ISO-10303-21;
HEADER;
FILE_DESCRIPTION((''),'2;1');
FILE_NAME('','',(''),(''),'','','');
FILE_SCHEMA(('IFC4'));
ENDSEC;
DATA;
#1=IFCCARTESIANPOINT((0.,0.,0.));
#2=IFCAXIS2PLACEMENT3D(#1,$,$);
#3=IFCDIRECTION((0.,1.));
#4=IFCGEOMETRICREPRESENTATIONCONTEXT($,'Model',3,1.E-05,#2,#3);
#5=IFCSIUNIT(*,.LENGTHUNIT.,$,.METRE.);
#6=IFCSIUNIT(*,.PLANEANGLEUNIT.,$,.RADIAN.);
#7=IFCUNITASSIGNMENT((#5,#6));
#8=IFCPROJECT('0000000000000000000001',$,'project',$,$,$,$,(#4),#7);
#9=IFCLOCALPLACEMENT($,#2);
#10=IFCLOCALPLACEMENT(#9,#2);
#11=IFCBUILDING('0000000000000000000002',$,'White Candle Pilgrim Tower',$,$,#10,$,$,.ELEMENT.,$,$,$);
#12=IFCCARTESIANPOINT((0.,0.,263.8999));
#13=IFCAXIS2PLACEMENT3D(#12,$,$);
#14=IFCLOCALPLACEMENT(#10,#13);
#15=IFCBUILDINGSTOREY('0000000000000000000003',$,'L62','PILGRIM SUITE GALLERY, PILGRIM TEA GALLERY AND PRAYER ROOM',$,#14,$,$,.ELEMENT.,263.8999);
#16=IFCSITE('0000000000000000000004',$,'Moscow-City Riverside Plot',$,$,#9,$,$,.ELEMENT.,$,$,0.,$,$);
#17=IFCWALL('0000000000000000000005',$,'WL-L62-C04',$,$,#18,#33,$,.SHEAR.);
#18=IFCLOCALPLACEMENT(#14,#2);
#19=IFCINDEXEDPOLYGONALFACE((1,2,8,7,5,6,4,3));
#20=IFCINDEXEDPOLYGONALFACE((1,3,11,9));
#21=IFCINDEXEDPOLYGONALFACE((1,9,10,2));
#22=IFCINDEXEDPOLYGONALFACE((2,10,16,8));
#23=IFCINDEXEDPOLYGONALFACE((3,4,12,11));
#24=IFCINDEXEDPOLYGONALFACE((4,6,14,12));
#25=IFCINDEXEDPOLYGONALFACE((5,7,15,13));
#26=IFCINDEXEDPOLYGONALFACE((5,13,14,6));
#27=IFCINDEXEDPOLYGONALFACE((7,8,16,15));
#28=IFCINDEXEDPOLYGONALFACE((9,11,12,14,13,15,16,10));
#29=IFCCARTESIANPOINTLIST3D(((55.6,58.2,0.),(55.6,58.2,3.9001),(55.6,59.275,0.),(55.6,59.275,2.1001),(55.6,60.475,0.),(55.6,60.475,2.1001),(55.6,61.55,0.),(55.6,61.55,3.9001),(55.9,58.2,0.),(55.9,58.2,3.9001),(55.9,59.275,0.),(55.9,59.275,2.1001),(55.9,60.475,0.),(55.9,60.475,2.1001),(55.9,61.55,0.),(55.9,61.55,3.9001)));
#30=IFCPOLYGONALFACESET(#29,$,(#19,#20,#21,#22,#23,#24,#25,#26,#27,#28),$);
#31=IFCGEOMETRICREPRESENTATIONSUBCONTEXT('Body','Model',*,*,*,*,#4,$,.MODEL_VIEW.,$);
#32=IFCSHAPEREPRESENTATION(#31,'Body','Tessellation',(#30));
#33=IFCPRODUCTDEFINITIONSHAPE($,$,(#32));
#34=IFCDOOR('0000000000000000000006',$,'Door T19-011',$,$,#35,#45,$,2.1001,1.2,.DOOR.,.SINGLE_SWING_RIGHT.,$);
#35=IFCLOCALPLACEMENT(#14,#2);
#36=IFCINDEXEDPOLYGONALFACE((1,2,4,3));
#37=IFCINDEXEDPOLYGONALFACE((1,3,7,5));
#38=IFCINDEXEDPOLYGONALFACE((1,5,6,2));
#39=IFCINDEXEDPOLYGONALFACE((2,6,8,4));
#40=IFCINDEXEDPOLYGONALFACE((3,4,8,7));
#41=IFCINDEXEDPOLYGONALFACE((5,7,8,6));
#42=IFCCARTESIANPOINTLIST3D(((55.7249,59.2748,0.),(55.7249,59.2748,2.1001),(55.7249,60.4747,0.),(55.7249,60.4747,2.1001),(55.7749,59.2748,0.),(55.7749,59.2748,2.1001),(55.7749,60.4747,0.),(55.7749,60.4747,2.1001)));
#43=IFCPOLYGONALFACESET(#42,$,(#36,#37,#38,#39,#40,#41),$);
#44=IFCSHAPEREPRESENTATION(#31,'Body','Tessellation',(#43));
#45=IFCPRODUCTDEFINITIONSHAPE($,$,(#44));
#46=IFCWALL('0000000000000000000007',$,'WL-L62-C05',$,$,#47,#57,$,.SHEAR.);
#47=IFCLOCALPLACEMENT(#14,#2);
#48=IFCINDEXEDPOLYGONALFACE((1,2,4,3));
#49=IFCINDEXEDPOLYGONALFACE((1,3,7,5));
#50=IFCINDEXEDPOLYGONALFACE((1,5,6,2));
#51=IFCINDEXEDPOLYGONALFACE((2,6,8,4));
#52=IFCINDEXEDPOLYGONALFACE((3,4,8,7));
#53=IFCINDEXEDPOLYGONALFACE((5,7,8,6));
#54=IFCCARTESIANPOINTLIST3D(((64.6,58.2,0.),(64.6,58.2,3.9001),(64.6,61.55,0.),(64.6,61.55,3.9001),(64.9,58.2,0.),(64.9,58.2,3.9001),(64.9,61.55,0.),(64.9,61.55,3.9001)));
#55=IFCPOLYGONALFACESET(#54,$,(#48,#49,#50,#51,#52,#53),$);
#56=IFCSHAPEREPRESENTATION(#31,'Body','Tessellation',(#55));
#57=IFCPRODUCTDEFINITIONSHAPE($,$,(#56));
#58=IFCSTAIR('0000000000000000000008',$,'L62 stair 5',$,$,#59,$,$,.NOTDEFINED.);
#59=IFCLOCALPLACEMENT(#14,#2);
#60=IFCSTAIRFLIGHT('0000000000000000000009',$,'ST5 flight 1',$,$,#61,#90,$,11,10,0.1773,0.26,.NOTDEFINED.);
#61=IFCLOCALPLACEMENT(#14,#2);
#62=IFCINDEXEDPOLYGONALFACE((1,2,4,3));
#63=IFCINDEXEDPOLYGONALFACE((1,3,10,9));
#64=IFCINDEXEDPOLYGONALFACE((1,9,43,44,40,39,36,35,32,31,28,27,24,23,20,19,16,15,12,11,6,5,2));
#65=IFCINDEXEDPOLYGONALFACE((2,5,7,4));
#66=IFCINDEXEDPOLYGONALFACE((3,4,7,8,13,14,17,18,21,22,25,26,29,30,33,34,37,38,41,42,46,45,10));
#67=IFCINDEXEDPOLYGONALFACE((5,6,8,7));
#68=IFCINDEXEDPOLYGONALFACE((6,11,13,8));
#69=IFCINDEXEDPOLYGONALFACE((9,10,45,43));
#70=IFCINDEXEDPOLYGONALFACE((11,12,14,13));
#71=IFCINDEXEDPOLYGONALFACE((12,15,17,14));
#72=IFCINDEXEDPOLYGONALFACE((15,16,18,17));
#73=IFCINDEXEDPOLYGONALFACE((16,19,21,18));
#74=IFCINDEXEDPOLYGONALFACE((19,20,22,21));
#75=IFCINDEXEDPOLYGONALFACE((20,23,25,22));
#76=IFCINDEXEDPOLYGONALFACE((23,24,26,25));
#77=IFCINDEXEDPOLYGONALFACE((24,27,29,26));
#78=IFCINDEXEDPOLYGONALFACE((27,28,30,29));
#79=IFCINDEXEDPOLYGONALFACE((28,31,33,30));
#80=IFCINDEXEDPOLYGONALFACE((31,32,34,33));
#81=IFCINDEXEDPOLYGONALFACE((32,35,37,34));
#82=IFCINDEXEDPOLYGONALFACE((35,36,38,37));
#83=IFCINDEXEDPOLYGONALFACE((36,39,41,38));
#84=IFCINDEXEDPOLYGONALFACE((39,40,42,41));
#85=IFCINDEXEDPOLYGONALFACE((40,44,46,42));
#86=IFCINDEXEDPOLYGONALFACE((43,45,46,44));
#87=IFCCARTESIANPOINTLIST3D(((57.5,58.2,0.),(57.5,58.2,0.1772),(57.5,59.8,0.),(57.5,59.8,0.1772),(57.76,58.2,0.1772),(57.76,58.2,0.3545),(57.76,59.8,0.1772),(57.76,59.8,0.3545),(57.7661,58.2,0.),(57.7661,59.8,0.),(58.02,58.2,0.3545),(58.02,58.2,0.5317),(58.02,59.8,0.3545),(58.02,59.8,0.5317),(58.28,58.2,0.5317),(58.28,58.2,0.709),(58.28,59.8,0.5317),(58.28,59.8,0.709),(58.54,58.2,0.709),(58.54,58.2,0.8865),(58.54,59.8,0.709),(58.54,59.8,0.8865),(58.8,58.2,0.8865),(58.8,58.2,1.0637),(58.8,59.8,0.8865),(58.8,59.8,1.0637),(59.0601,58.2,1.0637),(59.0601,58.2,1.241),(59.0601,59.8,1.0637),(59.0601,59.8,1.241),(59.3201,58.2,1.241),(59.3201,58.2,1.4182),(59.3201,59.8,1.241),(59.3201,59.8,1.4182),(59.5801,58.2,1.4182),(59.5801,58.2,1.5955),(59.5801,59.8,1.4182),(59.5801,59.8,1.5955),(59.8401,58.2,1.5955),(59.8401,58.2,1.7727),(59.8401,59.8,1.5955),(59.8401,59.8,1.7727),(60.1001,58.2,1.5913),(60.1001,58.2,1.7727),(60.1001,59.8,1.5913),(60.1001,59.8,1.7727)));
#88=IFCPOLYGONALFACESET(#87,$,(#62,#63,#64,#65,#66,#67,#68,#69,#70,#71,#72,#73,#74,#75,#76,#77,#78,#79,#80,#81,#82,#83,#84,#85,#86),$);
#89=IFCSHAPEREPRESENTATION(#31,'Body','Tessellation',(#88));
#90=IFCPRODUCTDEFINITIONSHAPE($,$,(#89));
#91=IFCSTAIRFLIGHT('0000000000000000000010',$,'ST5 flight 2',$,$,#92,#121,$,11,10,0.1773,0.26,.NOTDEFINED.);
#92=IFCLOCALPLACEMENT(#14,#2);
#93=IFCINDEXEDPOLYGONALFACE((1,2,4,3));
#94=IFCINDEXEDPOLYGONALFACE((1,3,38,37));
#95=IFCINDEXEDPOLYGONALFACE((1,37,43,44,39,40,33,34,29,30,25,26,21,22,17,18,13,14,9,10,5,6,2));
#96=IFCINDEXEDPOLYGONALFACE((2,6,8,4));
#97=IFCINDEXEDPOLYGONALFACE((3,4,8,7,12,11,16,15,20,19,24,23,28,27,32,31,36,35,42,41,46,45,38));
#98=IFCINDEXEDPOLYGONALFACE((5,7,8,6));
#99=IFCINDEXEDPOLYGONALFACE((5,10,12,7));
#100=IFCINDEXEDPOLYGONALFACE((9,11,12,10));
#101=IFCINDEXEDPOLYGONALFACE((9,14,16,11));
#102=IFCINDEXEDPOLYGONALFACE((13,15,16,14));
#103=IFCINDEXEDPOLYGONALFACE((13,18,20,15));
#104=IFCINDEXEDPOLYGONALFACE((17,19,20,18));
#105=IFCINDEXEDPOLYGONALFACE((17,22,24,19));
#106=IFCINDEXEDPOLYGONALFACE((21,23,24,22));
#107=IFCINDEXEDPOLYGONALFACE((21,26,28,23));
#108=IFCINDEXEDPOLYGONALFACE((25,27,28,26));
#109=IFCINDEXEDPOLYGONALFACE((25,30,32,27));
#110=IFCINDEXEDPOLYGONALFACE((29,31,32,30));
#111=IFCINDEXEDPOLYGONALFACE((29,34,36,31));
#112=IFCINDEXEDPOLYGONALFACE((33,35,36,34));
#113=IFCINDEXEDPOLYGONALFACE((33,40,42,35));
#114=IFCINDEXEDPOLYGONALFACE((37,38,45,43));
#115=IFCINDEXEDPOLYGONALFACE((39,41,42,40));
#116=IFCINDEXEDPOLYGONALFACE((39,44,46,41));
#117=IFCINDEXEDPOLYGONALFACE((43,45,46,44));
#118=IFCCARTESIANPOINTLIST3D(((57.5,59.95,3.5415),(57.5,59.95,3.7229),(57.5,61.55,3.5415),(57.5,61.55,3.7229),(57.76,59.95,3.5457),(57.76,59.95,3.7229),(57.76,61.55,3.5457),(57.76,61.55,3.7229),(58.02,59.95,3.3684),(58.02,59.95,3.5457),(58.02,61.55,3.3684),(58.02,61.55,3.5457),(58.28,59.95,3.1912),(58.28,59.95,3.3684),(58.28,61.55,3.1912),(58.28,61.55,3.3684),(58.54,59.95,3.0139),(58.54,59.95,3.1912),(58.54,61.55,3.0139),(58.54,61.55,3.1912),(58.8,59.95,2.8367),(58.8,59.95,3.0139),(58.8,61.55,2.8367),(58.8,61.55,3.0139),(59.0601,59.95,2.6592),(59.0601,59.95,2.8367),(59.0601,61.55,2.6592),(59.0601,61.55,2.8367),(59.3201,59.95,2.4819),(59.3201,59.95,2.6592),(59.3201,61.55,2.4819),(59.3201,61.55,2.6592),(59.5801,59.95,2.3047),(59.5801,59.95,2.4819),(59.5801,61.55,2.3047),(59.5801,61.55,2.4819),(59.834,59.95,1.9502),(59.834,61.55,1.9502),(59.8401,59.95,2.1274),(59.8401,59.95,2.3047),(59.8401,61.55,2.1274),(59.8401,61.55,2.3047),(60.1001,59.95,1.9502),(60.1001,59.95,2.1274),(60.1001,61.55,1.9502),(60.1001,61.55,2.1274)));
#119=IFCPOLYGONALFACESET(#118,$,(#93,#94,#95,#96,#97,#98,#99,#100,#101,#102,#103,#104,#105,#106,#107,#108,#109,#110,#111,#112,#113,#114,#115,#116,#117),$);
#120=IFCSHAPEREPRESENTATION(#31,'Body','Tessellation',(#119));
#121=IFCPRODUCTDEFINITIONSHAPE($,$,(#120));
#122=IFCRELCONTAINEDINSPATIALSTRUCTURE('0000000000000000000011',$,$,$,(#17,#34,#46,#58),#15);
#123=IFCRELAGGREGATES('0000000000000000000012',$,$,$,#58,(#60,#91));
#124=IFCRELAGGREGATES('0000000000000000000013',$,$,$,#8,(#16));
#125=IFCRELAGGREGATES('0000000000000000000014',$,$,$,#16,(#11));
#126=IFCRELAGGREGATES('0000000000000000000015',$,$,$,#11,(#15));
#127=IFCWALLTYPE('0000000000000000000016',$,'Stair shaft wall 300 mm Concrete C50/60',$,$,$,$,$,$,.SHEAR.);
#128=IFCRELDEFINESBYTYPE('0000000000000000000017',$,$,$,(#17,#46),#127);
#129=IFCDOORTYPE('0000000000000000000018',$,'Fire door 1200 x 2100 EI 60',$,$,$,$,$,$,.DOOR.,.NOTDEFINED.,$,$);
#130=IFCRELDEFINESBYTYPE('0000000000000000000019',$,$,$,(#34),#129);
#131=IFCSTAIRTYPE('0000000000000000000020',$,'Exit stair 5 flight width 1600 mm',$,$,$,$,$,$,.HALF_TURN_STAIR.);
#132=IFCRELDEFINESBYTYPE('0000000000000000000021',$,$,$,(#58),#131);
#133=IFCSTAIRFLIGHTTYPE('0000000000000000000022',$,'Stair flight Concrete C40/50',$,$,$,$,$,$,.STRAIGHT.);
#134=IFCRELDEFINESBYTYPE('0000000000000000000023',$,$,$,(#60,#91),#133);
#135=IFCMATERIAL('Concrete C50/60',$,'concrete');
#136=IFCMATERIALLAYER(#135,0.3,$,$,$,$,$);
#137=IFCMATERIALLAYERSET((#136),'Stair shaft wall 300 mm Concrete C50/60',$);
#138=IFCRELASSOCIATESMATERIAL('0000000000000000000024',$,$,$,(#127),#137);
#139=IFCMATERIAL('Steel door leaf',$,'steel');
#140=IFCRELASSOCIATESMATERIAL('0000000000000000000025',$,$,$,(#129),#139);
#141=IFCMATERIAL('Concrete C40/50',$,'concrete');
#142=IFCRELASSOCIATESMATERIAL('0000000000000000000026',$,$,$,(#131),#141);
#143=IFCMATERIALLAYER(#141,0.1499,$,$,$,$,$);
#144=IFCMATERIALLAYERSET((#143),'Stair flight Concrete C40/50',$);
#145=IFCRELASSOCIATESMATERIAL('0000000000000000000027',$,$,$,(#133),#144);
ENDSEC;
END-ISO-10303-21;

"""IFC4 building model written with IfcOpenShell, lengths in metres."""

from ifc_helpers import new_model, si_unit, direction, frame, frame_2d, origin, place, context, subcontext, project, spatial, polyline, rectangle, outline, extrude, material, layer, layer_set, type_object, element, fill, aggregate, save


model = new_model("IFC4")

# Units and contexts
model_context = context("Model", 3, precision=1e-05, world=origin(), true_north=direction((0.0, 1.0)))
body_context = subcontext(model_context, "Body", "Model", "MODEL_VIEW")
ifc_project = project(units=[si_unit("LENGTHUNIT", "METRE"), si_unit("PLANEANGLEUNIT", "RADIAN")], contexts=[model_context])

# Site, building, storey
site_placement = place(None, origin())
site = spatial("IfcSite", under=ifc_project, at=site_placement, Name="Moscow-City Riverside Plot", CompositionType="ELEMENT", RefElevation=0.0)
building_placement = place(site_placement, origin())
building = spatial("IfcBuilding", under=site, at=building_placement, Name="White Candle Pilgrim Tower", CompositionType="ELEMENT")
storey_placement = place(building_placement, frame((0.0, 0.0, 263.8999)))
storey = spatial("IfcBuildingStorey", under=building, at=storey_placement, Name="L62", Description="PILGRIM SUITE GALLERY, PILGRIM TEA GALLERY AND PRAYER ROOM", CompositionType="ELEMENT", Elevation=263.8999)

# Shared definitions
ifc_material_1 = material(Name="Concrete C50/60", Category="concrete")

# Shared definitions
ifc_material_2 = material(Name="Steel door leaf", Category="steel")

# Wall, opening, door
ifc_layer_1 = layer(ifc_material_1, 0.3)
ifc_layer_set_1 = layer_set([ifc_layer_1], Name="Stair shaft wall 300 mm Concrete C50/60")
wall_type_1 = type_object("IfcWallType", Name="Stair shaft wall 300 mm Concrete C50/60", PredefinedType="SHEAR", material=ifc_layer_set_1)
wall_1_placement = place(storey_placement, frame((55.75, 58.2, 0.0), z_axis=(0.0, 0.0, 1.0), x_axis=(0.0, 1.0, 0.0)))
wall_1 = element("IfcWall", 1, at=wall_1_placement, inside=storey, type_object=wall_type_1, Name="WL-L62-C04", PredefinedType="SHEAR", context=body_context, shape_type="SweptSolid", body=[
    extrude(rectangle(XDim=3.3501, YDim=0.3, at=frame_2d((1.675, 0.0))), origin(), (0.0, 0.0, 1.0), 3.9001),
])
opening_1_placement = place(wall_1_placement, frame((1.075, 0.0, 0.0)))
opening_1 = element("IfcOpeningElement", 2, at=opening_1_placement, cuts=wall_1, PredefinedType="OPENING", context=body_context, shape_type="SweptSolid", body=[
    extrude(rectangle(XDim=1.2, YDim=2.1001, at=frame_2d((0.6001, 1.05))), frame((0.0, 0.1599, 0.0), z_axis=(0.0, -1.0, 0.0), x_axis=(1.0, 0.0, 0.0)), (0.0, 0.0, 1.0), 0.3201),
])
door_type_1 = type_object("IfcDoorType", Name="Fire door 1200 x 2100 EI 60", OperationType="NOTDEFINED", PredefinedType="DOOR", material=ifc_material_2)
door_1_placement = place(opening_1_placement, frame((1.2, 0.0, 0.0), z_axis=(0.0, 0.0, 1.0), x_axis=(-1.0, 0.0, 0.0)))
door_1 = element("IfcDoor", 3, at=door_1_placement, inside=storey, type_object=door_type_1, Name="Door T19-011", OperationType="SINGLE_SWING_RIGHT", OverallHeight=2.1001, OverallWidth=1.2, PredefinedType="DOOR", context=body_context, shape_type="SweptSolid", body=[
    extrude(rectangle(XDim=1.2, YDim=2.1001, at=frame_2d((0.6001, 1.05))), frame((0.0, 0.0249, 0.0), z_axis=(0.0, -1.0, 0.0), x_axis=(1.0, 0.0, 0.0)), (0.0, 0.0, 1.0), 0.05),
])
fill(opening_1, door_1)

# Wall
wall_2_placement = place(storey_placement, frame((64.75, 58.2, 0.0), z_axis=(0.0, 0.0, 1.0), x_axis=(0.0, 1.0, 0.0)))
element("IfcWall", 4, at=wall_2_placement, inside=storey, type_object=wall_type_1, Name="WL-L62-C05", PredefinedType="SHEAR", context=body_context, shape_type="SweptSolid", body=[
    extrude(rectangle(XDim=3.3501, YDim=0.3, at=frame_2d((1.675, 0.0))), origin(), (0.0, 0.0, 1.0), 3.9001),
])

# Stair, stair flights
ifc_material_3 = material(Name="Concrete C40/50", Category="concrete")
stair_type = type_object("IfcStairType", Name="Exit stair 5 flight width 1600 mm", PredefinedType="HALF_TURN_STAIR", material=ifc_material_3)
stair_placement = place(storey_placement, origin())
stair = element("IfcStair", 5, at=stair_placement, inside=storey, type_object=stair_type, Name="L62 stair 5", PredefinedType="NOTDEFINED")
ifc_layer_2 = layer(ifc_material_3, 0.1499)
ifc_layer_set_2 = layer_set([ifc_layer_2], Name="Stair flight Concrete C40/50")
stair_flight_type = type_object("IfcStairFlightType", Name="Stair flight Concrete C40/50", PredefinedType="STRAIGHT", material=ifc_layer_set_2)
stair_flight_1_placement = place(storey_placement, frame((57.5, 59.0, 0.0), z_axis=(0.0, 0.0, 1.0), x_axis=(1.0, 0.0, 0.0)))
stair_flight_1 = element("IfcStairFlight", 6, at=stair_flight_1_placement, type_object=stair_flight_type, Name="ST5 flight 1", NumberOfRisers=11, NumberOfTreads=10, PredefinedType="NOTDEFINED", RiserHeight=0.1773, TreadLength=0.26, context=body_context, shape_type="SweptSolid", body=[
    extrude(outline(polyline([(0.0, 0.0), (0.0, 0.1772), (0.26, 0.1772), (0.26, 0.3545), (0.52, 0.3545), (0.52, 0.5317), (0.78, 0.5317), (0.78, 0.709), (1.04, 0.709), (1.04, 0.8865), (1.3, 0.8865), (1.3, 1.0637), (1.5601, 1.0637), (1.5601, 1.241), (1.8201, 1.241), (1.8201, 1.4182), (2.0801, 1.4182), (2.0801, 1.5955), (2.3401, 1.5955), (2.3401, 1.7727), (2.6001, 1.7727), (2.6001, 1.95), (2.6001, 1.5913), (0.2661, 0.0), (0.0, 0.0)])), frame((0.0, 0.8, 0.0), z_axis=(0.0, -1.0, 0.0), x_axis=(1.0, 0.0, 0.0)), (0.0, 0.0, 1.0), 1.6001),
])
stair_flight_2_placement = place(storey_placement, frame((60.1001, 60.75, 1.9502), z_axis=(0.0, 0.0, 1.0), x_axis=(-1.0, 0.0, 0.0)))
stair_flight_2 = element("IfcStairFlight", 7, at=stair_flight_2_placement, type_object=stair_flight_type, Name="ST5 flight 2", NumberOfRisers=11, NumberOfTreads=10, PredefinedType="NOTDEFINED", RiserHeight=0.1773, TreadLength=0.26, context=body_context, shape_type="SweptSolid", body=[
    extrude(outline(polyline([(0.0, 0.0), (0.0, 0.1772), (0.26, 0.1772), (0.26, 0.3545), (0.52, 0.3545), (0.52, 0.5317), (0.78, 0.5317), (0.78, 0.709), (1.04, 0.709), (1.04, 0.8865), (1.3, 0.8865), (1.3, 1.0637), (1.5601, 1.0637), (1.5601, 1.241), (1.8201, 1.241), (1.8201, 1.4182), (2.0801, 1.4182), (2.0801, 1.5955), (2.3401, 1.5955), (2.3401, 1.7727), (2.6001, 1.7727), (2.6001, 1.95), (2.6001, 1.5913), (0.2661, 0.0), (0.0, 0.0)])), frame((0.0, 0.8, 0.0), z_axis=(0.0, -1.0, 0.0), x_axis=(1.0, 0.0, 0.0)), (0.0, 0.0, 1.0), 1.6001),
])
aggregate(stair, [stair_flight_1, stair_flight_2])

save(model, "model.ifc")
